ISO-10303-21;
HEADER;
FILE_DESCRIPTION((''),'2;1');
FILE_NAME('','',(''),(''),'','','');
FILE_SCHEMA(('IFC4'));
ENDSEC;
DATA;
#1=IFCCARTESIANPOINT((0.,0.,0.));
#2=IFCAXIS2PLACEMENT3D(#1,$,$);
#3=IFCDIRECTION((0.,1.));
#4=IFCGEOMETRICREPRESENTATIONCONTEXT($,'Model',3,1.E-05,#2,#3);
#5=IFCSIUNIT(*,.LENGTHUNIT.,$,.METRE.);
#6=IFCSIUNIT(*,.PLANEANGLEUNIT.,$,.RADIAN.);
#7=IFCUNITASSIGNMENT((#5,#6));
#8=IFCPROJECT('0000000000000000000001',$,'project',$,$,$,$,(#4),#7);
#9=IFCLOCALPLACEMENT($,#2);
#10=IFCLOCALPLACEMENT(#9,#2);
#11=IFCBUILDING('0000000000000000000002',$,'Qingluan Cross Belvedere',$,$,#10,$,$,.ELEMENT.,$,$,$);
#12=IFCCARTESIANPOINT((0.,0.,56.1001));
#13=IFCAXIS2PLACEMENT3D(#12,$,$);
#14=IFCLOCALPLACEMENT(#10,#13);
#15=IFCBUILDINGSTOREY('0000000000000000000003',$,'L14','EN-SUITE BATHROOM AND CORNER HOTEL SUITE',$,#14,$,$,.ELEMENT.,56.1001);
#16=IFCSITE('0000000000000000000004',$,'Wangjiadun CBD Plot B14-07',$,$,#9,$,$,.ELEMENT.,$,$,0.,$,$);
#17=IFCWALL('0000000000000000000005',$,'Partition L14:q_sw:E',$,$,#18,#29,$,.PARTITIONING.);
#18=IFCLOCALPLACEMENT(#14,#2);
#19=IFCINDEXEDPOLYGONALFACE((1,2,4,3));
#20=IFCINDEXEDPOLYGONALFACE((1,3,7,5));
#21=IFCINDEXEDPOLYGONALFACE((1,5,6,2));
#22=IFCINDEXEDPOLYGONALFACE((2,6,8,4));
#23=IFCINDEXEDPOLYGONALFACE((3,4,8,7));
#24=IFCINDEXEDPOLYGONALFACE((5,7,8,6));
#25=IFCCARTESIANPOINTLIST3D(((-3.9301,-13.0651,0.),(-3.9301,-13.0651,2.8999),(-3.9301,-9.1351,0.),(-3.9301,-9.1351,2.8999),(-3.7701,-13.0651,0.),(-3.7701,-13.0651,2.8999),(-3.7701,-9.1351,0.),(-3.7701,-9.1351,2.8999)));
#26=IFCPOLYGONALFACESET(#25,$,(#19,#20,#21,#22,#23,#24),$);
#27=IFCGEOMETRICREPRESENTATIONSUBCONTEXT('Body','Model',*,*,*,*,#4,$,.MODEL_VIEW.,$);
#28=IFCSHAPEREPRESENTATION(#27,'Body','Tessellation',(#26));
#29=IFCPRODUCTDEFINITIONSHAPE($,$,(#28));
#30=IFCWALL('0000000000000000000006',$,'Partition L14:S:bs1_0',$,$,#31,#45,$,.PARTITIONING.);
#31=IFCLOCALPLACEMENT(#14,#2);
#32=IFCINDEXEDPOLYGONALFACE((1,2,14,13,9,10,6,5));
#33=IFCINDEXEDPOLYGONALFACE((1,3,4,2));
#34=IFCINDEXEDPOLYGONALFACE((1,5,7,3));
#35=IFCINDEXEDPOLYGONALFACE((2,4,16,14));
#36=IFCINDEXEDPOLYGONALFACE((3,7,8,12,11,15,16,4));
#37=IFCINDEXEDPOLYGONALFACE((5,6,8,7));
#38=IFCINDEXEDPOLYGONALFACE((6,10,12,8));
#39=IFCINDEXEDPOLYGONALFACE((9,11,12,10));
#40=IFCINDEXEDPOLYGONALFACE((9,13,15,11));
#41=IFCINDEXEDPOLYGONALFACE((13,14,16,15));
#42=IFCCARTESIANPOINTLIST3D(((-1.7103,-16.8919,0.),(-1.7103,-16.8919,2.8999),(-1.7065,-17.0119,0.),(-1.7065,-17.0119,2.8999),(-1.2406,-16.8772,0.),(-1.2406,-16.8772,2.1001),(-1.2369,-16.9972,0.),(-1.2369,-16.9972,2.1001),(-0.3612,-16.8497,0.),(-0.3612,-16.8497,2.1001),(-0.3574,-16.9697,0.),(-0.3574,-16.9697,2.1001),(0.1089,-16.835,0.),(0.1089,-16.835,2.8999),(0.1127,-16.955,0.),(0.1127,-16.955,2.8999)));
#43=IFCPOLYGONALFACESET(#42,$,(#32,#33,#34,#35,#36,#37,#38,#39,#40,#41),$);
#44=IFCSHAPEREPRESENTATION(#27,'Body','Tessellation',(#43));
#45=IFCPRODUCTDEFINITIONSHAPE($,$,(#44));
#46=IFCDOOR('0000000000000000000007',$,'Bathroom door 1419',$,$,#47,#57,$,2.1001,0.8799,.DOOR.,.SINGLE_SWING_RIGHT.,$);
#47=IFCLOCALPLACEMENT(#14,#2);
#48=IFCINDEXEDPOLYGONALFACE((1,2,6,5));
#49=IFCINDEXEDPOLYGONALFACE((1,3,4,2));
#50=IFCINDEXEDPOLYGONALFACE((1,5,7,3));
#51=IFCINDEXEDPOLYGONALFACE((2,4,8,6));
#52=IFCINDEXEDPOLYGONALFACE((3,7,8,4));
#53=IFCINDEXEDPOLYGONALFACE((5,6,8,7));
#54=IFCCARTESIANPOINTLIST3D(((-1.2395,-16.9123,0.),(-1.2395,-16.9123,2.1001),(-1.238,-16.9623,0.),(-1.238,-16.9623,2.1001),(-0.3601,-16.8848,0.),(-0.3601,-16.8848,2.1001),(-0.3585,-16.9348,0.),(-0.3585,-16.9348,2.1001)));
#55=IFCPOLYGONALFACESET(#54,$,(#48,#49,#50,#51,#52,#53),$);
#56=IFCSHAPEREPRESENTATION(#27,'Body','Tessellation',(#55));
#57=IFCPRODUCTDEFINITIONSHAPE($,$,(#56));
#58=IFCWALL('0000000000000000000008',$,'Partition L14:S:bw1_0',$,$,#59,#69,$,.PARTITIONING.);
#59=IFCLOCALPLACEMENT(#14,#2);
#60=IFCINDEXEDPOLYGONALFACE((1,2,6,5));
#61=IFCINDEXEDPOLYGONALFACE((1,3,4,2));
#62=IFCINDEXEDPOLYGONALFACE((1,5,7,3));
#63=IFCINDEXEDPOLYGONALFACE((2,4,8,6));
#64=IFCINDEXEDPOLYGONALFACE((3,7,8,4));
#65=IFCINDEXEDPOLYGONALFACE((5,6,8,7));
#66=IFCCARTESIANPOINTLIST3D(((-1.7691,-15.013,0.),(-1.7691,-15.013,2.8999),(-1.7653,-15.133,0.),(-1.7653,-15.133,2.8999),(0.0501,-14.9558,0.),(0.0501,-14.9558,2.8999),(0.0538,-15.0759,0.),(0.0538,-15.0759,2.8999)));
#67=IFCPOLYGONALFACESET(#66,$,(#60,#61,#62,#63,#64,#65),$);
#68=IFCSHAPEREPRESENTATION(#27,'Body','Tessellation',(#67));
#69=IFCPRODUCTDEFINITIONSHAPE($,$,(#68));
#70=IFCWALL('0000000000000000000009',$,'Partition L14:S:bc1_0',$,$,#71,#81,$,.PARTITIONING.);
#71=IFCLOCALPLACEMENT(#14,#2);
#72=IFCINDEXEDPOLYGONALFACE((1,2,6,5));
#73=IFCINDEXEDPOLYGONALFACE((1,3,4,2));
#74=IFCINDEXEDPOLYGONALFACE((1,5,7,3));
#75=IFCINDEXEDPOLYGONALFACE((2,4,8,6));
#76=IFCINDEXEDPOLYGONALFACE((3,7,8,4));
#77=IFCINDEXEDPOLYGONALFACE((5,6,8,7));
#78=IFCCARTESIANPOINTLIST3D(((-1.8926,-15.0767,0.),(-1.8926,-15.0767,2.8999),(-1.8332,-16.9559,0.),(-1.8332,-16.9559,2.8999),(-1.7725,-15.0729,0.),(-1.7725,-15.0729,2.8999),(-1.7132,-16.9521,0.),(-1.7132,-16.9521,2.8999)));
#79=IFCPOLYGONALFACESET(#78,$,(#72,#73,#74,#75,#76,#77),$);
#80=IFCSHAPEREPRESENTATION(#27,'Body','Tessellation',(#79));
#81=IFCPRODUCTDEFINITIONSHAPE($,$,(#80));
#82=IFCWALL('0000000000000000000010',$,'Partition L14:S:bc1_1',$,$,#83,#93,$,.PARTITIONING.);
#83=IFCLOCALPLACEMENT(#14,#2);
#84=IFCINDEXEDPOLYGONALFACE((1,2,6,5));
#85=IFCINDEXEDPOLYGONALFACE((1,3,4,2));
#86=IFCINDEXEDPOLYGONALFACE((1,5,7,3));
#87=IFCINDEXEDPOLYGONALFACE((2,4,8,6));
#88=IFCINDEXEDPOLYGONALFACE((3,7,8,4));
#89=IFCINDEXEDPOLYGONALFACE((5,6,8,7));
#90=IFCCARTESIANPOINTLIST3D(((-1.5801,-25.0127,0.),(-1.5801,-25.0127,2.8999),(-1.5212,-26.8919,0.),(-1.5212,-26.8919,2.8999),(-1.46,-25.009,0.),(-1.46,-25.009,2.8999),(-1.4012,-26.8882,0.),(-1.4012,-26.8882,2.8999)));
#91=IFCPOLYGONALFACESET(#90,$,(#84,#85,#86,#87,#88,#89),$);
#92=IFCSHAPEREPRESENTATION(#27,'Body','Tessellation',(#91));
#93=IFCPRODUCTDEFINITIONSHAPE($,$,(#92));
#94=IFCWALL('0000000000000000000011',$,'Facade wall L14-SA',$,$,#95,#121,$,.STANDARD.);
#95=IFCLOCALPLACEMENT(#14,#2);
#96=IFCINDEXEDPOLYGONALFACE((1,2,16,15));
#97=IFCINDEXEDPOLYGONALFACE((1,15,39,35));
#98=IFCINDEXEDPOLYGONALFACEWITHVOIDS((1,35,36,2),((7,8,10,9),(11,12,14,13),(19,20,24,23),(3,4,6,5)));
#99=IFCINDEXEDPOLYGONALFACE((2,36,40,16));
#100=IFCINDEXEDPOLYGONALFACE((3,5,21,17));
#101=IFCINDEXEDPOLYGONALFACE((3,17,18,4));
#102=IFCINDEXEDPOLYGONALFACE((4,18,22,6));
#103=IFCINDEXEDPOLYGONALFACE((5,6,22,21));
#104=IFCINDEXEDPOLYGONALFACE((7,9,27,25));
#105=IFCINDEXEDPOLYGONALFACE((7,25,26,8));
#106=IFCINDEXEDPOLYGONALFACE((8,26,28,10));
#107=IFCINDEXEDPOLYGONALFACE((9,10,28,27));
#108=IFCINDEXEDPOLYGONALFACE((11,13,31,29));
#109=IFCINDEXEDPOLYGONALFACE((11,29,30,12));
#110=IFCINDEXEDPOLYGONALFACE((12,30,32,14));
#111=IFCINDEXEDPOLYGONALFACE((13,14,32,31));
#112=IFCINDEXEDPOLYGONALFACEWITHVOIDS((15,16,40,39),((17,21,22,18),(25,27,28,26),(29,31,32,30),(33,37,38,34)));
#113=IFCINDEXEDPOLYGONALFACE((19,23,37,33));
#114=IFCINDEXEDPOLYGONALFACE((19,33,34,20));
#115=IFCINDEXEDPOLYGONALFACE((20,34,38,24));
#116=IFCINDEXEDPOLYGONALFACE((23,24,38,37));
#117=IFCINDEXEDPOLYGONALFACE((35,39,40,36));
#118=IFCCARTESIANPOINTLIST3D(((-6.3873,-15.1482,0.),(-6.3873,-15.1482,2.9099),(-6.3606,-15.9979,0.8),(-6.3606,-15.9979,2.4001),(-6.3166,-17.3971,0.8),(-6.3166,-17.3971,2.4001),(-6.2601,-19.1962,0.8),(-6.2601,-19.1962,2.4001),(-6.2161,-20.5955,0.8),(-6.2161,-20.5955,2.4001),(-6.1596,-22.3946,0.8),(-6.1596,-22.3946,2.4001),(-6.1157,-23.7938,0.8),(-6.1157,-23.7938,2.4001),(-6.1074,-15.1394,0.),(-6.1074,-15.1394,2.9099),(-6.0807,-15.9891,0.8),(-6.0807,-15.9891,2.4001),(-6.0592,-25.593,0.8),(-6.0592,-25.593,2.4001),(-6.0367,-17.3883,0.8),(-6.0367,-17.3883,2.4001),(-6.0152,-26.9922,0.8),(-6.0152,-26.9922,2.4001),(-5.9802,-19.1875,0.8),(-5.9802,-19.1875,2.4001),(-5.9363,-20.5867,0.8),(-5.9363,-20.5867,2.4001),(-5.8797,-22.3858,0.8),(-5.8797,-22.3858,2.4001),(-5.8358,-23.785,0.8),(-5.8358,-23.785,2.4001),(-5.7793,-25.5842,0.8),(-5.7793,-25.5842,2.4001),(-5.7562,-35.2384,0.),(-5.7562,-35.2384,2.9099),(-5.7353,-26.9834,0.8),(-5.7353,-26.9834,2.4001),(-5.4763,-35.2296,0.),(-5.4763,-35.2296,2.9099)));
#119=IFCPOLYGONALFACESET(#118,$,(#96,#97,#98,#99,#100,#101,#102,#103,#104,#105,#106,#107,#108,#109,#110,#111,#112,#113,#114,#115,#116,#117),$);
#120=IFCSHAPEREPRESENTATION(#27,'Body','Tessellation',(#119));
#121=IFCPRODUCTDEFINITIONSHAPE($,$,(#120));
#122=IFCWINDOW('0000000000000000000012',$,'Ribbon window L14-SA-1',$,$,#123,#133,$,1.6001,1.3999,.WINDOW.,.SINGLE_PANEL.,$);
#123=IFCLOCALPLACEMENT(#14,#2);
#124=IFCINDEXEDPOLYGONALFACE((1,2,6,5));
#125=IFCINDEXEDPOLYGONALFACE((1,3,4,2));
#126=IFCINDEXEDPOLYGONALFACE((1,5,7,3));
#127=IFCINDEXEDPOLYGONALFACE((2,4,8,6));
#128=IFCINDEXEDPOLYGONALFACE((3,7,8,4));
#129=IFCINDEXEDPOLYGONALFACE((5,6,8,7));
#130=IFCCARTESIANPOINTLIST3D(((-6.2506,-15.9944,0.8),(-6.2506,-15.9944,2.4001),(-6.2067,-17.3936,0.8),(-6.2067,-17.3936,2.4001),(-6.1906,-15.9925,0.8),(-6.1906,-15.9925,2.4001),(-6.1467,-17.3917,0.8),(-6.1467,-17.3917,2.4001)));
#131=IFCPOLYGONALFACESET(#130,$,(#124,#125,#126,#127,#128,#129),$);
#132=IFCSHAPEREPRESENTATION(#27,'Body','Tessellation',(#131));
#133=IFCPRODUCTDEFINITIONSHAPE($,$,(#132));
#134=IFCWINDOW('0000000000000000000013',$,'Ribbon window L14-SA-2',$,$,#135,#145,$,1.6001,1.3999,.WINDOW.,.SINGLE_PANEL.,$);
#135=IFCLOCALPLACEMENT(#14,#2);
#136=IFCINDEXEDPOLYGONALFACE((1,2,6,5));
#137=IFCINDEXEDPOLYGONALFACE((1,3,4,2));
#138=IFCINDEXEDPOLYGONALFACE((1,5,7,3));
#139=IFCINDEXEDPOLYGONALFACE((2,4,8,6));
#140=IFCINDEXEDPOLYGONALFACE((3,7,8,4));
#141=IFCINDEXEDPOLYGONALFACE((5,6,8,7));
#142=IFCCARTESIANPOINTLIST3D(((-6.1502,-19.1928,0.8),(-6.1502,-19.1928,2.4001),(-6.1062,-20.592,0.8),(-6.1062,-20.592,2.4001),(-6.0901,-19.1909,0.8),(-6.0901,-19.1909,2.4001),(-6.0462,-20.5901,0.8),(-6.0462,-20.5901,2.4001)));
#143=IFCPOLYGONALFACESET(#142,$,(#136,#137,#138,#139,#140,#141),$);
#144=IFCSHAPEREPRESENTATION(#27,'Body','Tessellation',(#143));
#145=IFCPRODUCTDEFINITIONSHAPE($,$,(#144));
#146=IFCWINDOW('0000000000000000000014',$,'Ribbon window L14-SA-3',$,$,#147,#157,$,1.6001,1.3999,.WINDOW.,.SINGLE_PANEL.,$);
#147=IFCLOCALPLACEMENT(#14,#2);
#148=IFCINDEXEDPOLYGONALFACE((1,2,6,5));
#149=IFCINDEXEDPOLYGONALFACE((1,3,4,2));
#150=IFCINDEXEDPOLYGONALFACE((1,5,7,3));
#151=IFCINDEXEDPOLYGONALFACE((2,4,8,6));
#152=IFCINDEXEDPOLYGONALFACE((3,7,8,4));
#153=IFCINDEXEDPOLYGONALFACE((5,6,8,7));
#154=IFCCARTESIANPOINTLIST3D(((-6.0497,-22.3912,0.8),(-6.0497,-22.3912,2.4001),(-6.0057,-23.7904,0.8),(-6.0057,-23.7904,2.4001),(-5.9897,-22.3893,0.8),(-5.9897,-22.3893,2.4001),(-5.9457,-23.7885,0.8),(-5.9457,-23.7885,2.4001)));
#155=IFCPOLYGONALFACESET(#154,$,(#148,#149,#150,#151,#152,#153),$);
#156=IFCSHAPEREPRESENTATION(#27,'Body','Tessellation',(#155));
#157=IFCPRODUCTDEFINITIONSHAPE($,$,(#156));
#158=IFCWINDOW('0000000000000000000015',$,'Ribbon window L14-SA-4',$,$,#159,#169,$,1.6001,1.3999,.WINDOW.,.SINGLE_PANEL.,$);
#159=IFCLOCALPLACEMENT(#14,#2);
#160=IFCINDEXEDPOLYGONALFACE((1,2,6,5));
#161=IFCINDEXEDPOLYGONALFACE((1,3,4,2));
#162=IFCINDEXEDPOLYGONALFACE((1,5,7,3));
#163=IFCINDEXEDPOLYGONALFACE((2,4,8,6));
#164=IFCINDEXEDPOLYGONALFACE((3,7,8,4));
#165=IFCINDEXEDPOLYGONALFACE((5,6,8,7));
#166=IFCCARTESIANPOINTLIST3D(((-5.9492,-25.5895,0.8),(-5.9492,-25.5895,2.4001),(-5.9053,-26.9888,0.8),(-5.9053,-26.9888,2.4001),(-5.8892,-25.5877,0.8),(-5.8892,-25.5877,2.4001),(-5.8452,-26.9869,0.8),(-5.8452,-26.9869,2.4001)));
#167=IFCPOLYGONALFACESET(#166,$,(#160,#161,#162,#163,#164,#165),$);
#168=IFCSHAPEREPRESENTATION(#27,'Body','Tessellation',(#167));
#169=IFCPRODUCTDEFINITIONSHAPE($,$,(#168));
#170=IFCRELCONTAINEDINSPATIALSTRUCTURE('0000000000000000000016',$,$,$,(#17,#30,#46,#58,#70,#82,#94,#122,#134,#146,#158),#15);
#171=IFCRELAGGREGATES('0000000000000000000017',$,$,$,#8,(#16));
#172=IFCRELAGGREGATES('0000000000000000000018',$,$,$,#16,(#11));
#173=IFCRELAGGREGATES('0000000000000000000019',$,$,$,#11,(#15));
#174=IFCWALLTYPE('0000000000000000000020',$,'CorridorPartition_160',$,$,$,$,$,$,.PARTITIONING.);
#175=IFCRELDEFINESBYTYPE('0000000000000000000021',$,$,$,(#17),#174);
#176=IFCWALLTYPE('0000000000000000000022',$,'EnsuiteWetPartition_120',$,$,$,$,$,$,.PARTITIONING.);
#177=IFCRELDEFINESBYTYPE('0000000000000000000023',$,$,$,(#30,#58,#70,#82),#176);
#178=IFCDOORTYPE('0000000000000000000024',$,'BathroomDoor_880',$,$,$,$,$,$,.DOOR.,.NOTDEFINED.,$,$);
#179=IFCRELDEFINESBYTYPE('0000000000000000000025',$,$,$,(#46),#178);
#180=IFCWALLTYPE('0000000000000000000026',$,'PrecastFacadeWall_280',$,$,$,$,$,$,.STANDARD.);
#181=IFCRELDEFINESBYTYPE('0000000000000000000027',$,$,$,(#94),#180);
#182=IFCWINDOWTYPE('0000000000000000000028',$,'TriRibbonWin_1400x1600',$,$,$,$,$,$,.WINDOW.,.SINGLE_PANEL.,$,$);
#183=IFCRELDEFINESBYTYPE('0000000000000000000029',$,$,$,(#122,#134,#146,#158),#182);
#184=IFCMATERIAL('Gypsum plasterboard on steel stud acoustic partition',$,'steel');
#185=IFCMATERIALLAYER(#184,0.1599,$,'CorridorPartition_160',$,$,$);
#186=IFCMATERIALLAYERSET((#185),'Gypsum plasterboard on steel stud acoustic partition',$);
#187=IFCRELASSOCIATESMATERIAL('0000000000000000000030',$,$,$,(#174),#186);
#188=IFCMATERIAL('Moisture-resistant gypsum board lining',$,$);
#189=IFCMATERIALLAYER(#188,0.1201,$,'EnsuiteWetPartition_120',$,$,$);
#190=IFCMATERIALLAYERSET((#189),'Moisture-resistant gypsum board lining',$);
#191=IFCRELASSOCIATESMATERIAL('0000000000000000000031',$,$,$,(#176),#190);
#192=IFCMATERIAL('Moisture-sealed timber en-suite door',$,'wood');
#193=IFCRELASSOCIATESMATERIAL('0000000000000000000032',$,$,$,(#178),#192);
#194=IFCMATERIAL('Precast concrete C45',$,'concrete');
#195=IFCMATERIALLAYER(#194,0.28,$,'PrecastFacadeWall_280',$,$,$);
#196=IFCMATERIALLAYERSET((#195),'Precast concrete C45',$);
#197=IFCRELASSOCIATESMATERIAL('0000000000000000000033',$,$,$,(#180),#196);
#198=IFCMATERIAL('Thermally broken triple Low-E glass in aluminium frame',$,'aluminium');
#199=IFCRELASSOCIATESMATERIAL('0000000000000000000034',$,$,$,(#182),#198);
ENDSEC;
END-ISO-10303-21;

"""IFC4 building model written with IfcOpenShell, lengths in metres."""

from ifc_helpers import new_model, si_unit, direction, frame, frame_2d, origin, place, context, subcontext, project, spatial, rectangle, extrude, material, layer, layer_set, type_object, element, fill, save


model = new_model("IFC4")

# Units and contexts
model_context = context("Model", 3, precision=1e-05, world=origin(), true_north=direction((0.0, 1.0)))
body_context = subcontext(model_context, "Body", "Model", "MODEL_VIEW")
ifc_project = project(units=[si_unit("LENGTHUNIT", "METRE"), si_unit("PLANEANGLEUNIT", "RADIAN")], contexts=[model_context])

# Site, building, storey
site_placement = place(None, origin())
site = spatial("IfcSite", under=ifc_project, at=site_placement, Name="Wangjiadun CBD Plot B14-07", CompositionType="ELEMENT", RefElevation=0.0)
building_placement = place(site_placement, origin())
building = spatial("IfcBuilding", under=site, at=building_placement, Name="Qingluan Cross Belvedere", CompositionType="ELEMENT")
storey_placement = place(building_placement, frame((0.0, 0.0, 56.1001)))
storey = spatial("IfcBuildingStorey", under=building, at=storey_placement, Name="L14", Description="EN-SUITE BATHROOM AND CORNER HOTEL SUITE", CompositionType="ELEMENT", Elevation=56.1001)

# Wall
ifc_material_1 = material(Name="Gypsum plasterboard on steel stud acoustic partition", Category="steel")
ifc_layer_1 = layer(ifc_material_1, 0.1599, Name="CorridorPartition_160")
ifc_layer_set_1 = layer_set([ifc_layer_1], Name="Gypsum plasterboard on steel stud acoustic partition")
wall_type_1 = type_object("IfcWallType", Name="CorridorPartition_160", PredefinedType="PARTITIONING", material=ifc_layer_set_1)
wall_1_placement = place(storey_placement, frame((-3.8501, -13.0649, 0.0), z_axis=(0.0, 0.0, 1.0), x_axis=(0.0, 1.0, 0.0)))
element("IfcWall", 1, at=wall_1_placement, inside=storey, type_object=wall_type_1, Name="Partition L14:q_sw:E", PredefinedType="PARTITIONING", context=body_context, shape_type="SweptSolid", body=[
    extrude(rectangle(XDim=3.9299, YDim=0.1599, at=frame_2d((1.9648, 0.0))), origin(), (0.0, 0.0, 1.0), 2.8999),
])

# Wall, opening, door
ifc_material_2 = material(Name="Moisture-resistant gypsum board lining")
ifc_layer_2 = layer(ifc_material_2, 0.1201, Name="EnsuiteWetPartition_120")
ifc_layer_set_2 = layer_set([ifc_layer_2], Name="Moisture-resistant gypsum board lining")
wall_type_2 = type_object("IfcWallType", Name="EnsuiteWetPartition_120", PredefinedType="PARTITIONING", material=ifc_layer_set_2)
wall_2_placement = place(storey_placement, frame((-1.7085, -16.9519, 0.0), z_axis=(0.0, 0.0, 1.0), x_axis=(0.999511, 0.031256, 0.0)))
wall_2 = element("IfcWall", 2, at=wall_2_placement, inside=storey, type_object=wall_type_2, Name="Partition L14:S:bs1_0", PredefinedType="PARTITIONING", context=body_context, shape_type="SweptSolid", body=[
    extrude(rectangle(XDim=1.8201, YDim=0.1201, at=frame_2d((0.9102, 0.0))), origin(), (0.0, 0.0, 1.0), 2.8999),
])
opening_1_placement = place(wall_2_placement, frame((0.47, 0.0, 0.0)))
opening_1 = element("IfcOpeningElement", 3, at=opening_1_placement, cuts=wall_2, PredefinedType="OPENING", context=body_context, shape_type="SweptSolid", body=[
    extrude(rectangle(XDim=0.8799, YDim=2.1001, at=frame_2d((0.4399, 1.05))), frame((0.0, 0.0701, 0.0), z_axis=(0.0, -1.0, 0.0), x_axis=(1.0, 0.0, 0.0)), (0.0, 0.0, 1.0), 0.1401),
])
ifc_material_3 = material(Name="Moisture-sealed timber en-suite door", Category="wood")
door_type = type_object("IfcDoorType", Name="BathroomDoor_880", OperationType="NOTDEFINED", PredefinedType="DOOR", material=ifc_material_3)
door_placement = place(opening_1_placement, origin())
door = element("IfcDoor", 4, at=door_placement, inside=storey, type_object=door_type, Name="Bathroom door 1419", OperationType="SINGLE_SWING_RIGHT", OverallHeight=2.1001, OverallWidth=0.8799, PredefinedType="DOOR", context=body_context, shape_type="SweptSolid", body=[
    extrude(rectangle(XDim=0.8799, YDim=2.1001, at=frame_2d((0.4399, 1.05))), frame((0.0, 0.0249, 0.0), z_axis=(0.0, -1.0, 0.0), x_axis=(1.0, 0.0, 0.0)), (0.0, 0.0, 1.0), 0.05),
])
fill(opening_1, door)

# Walls
wall_3_placement = place(storey_placement, frame((-1.7673, -15.073, 0.0), z_axis=(0.0, 0.0, 1.0), x_axis=(0.999507, 0.03139, 0.0)))
element("IfcWall", 5, at=wall_3_placement, inside=storey, type_object=wall_type_2, Name="Partition L14:S:bw1_0", PredefinedType="PARTITIONING", context=body_context, shape_type="SweptSolid", body=[
    extrude(rectangle(XDim=1.8201, YDim=0.1201, at=frame_2d((0.9102, 0.0))), origin(), (0.0, 0.0, 1.0), 2.8999),
])
for number, where, z_axis, x_axis, name in (
    (6, (-1.8325, -15.075, 0.0), (0.0, 0.0, 1.0), (0.031555, -0.999502, 0.0), "Partition L14:S:bc1_0"),
    (7, (-1.52, -25.011, 0.0), (0.0, 0.0, 1.0), (0.031296, -0.99951, 0.0), "Partition L14:S:bc1_1"),
):
    element("IfcWall", number, at=place(storey_placement, frame(where, z_axis=z_axis, x_axis=x_axis)), inside=storey, type_object=wall_type_2, Name=name, PredefinedType="PARTITIONING", context=body_context, shape_type="SweptSolid", body=[
        extrude(rectangle(XDim=1.8801, YDim=0.1201, at=frame_2d((0.9399, 0.0))), origin(), (0.0, 0.0, 1.0), 2.8999),
    ])

# Wall, openings, windows
ifc_material_4 = material(Name="Precast concrete C45", Category="concrete")
ifc_layer_3 = layer(ifc_material_4, 0.28, Name="PrecastFacadeWall_280")
ifc_layer_set_3 = layer_set([ifc_layer_3], Name="Precast concrete C45")
wall_type_3 = type_object("IfcWallType", Name="PrecastFacadeWall_280", PredefinedType="STANDARD", material=ifc_layer_set_3)
wall_4_placement = place(storey_placement, frame((-6.2473, -15.1438, 0.0), z_axis=(0.0, 0.0, 1.0), x_axis=(0.031398, -0.999507, 0.0)))
wall_4 = element("IfcWall", 8, at=wall_4_placement, inside=storey, type_object=wall_type_3, Name="Facade wall L14-SA", PredefinedType="STANDARD", context=body_context, shape_type="SweptSolid", body=[
    extrude(rectangle(XDim=20.1001, YDim=0.28, at=frame_2d((10.05, 0.0))), origin(), (0.0, 0.0, 1.0), 2.9099),
])
opening_2_placement = place(wall_4_placement, frame((0.8501, 0.0, 0.8)))
opening_2 = element("IfcOpeningElement", 9, at=opening_2_placement, cuts=wall_4, PredefinedType="OPENING", context=body_context, shape_type="SweptSolid", body=[
    extrude(rectangle(XDim=1.3999, YDim=1.6001, at=frame_2d((0.7, 0.8))), frame((0.0, 0.1499, 0.0), z_axis=(0.0, -1.0, 0.0), x_axis=(1.0, 0.0, 0.0)), (0.0, 0.0, 1.0), 0.3),
])
opening_3_placement = place(wall_4_placement, frame((4.05, 0.0, 0.8)))
opening_3 = element("IfcOpeningElement", 10, at=opening_3_placement, cuts=wall_4, PredefinedType="OPENING", context=body_context, shape_type="SweptSolid", body=[
    extrude(rectangle(XDim=1.3999, YDim=1.6001, at=frame_2d((0.7, 0.8))), frame((0.0, 0.1499, 0.0), z_axis=(0.0, -1.0, 0.0), x_axis=(1.0, 0.0, 0.0)), (0.0, 0.0, 1.0), 0.3),
])
opening_4_placement = place(wall_4_placement, frame((7.25, 0.0, 0.8)))
opening_4 = element("IfcOpeningElement", 11, at=opening_4_placement, cuts=wall_4, PredefinedType="OPENING", context=body_context, shape_type="SweptSolid", body=[
    extrude(rectangle(XDim=1.3999, YDim=1.6001, at=frame_2d((0.7, 0.8))), frame((0.0, 0.1499, 0.0), z_axis=(0.0, -1.0, 0.0), x_axis=(1.0, 0.0, 0.0)), (0.0, 0.0, 1.0), 0.3),
])
opening_5_placement = place(wall_4_placement, frame((10.45, 0.0, 0.8)))
opening_5 = element("IfcOpeningElement", 12, at=opening_5_placement, cuts=wall_4, PredefinedType="OPENING", context=body_context, shape_type="SweptSolid", body=[
    extrude(rectangle(XDim=1.3999, YDim=1.6001, at=frame_2d((0.7, 0.8))), frame((0.0, 0.1499, 0.0), z_axis=(0.0, -1.0, 0.0), x_axis=(1.0, 0.0, 0.0)), (0.0, 0.0, 1.0), 0.3),
])
ifc_material_5 = material(Name="Thermally broken triple Low-E glass in aluminium frame", Category="aluminium")
window_type_1 = type_object("IfcWindowType", Name="TriRibbonWin_1400x1600", PartitioningType="SINGLE_PANEL", PredefinedType="WINDOW", material=ifc_material_5)
window_1_placement = place(opening_2_placement, origin())
window_1 = element("IfcWindow", 13, at=window_1_placement, inside=storey, type_object=window_type_1, Name="Ribbon window L14-SA-1", OverallHeight=1.6001, OverallWidth=1.3999, PartitioningType="SINGLE_PANEL", PredefinedType="WINDOW", context=body_context, shape_type="SweptSolid", body=[
    extrude(rectangle(XDim=1.3999, YDim=1.6001, at=frame_2d((0.7, 0.8))), frame((0.0, 0.03, 0.0), z_axis=(0.0, -1.0, 0.0), x_axis=(1.0, 0.0, 0.0)), (0.0, 0.0, 1.0), 0.0601),
])
fill(opening_2, window_1)
window_2_placement = place(opening_3_placement, origin())
window_2 = element("IfcWindow", 14, at=window_2_placement, inside=storey, type_object=window_type_1, Name="Ribbon window L14-SA-2", OverallHeight=1.6001, OverallWidth=1.3999, PartitioningType="SINGLE_PANEL", PredefinedType="WINDOW", context=body_context, shape_type="SweptSolid", body=[
    extrude(rectangle(XDim=1.3999, YDim=1.6001, at=frame_2d((0.7, 0.8))), frame((0.0, 0.03, 0.0), z_axis=(0.0, -1.0, 0.0), x_axis=(1.0, 0.0, 0.0)), (0.0, 0.0, 1.0), 0.0601),
])
fill(opening_3, window_2)
window_3_placement = place(opening_4_placement, origin())
window_3 = element("IfcWindow", 15, at=window_3_placement, inside=storey, type_object=window_type_1, Name="Ribbon window L14-SA-3", OverallHeight=1.6001, OverallWidth=1.3999, PartitioningType="SINGLE_PANEL", PredefinedType="WINDOW", context=body_context, shape_type="SweptSolid", body=[
    extrude(rectangle(XDim=1.3999, YDim=1.6001, at=frame_2d((0.7, 0.8))), frame((0.0, 0.03, 0.0), z_axis=(0.0, -1.0, 0.0), x_axis=(1.0, 0.0, 0.0)), (0.0, 0.0, 1.0), 0.0601),
])
fill(opening_4, window_3)
window_4_placement = place(opening_5_placement, origin())
window_4 = element("IfcWindow", 16, at=window_4_placement, inside=storey, type_object=window_type_1, Name="Ribbon window L14-SA-4", OverallHeight=1.6001, OverallWidth=1.3999, PartitioningType="SINGLE_PANEL", PredefinedType="WINDOW", context=body_context, shape_type="SweptSolid", body=[
    extrude(rectangle(XDim=1.3999, YDim=1.6001, at=frame_2d((0.7, 0.8))), frame((0.0, 0.03, 0.0), z_axis=(0.0, -1.0, 0.0), x_axis=(1.0, 0.0, 0.0)), (0.0, 0.0, 1.0), 0.0601),
])
fill(opening_5, window_4)

save(model, "model.ifc")
